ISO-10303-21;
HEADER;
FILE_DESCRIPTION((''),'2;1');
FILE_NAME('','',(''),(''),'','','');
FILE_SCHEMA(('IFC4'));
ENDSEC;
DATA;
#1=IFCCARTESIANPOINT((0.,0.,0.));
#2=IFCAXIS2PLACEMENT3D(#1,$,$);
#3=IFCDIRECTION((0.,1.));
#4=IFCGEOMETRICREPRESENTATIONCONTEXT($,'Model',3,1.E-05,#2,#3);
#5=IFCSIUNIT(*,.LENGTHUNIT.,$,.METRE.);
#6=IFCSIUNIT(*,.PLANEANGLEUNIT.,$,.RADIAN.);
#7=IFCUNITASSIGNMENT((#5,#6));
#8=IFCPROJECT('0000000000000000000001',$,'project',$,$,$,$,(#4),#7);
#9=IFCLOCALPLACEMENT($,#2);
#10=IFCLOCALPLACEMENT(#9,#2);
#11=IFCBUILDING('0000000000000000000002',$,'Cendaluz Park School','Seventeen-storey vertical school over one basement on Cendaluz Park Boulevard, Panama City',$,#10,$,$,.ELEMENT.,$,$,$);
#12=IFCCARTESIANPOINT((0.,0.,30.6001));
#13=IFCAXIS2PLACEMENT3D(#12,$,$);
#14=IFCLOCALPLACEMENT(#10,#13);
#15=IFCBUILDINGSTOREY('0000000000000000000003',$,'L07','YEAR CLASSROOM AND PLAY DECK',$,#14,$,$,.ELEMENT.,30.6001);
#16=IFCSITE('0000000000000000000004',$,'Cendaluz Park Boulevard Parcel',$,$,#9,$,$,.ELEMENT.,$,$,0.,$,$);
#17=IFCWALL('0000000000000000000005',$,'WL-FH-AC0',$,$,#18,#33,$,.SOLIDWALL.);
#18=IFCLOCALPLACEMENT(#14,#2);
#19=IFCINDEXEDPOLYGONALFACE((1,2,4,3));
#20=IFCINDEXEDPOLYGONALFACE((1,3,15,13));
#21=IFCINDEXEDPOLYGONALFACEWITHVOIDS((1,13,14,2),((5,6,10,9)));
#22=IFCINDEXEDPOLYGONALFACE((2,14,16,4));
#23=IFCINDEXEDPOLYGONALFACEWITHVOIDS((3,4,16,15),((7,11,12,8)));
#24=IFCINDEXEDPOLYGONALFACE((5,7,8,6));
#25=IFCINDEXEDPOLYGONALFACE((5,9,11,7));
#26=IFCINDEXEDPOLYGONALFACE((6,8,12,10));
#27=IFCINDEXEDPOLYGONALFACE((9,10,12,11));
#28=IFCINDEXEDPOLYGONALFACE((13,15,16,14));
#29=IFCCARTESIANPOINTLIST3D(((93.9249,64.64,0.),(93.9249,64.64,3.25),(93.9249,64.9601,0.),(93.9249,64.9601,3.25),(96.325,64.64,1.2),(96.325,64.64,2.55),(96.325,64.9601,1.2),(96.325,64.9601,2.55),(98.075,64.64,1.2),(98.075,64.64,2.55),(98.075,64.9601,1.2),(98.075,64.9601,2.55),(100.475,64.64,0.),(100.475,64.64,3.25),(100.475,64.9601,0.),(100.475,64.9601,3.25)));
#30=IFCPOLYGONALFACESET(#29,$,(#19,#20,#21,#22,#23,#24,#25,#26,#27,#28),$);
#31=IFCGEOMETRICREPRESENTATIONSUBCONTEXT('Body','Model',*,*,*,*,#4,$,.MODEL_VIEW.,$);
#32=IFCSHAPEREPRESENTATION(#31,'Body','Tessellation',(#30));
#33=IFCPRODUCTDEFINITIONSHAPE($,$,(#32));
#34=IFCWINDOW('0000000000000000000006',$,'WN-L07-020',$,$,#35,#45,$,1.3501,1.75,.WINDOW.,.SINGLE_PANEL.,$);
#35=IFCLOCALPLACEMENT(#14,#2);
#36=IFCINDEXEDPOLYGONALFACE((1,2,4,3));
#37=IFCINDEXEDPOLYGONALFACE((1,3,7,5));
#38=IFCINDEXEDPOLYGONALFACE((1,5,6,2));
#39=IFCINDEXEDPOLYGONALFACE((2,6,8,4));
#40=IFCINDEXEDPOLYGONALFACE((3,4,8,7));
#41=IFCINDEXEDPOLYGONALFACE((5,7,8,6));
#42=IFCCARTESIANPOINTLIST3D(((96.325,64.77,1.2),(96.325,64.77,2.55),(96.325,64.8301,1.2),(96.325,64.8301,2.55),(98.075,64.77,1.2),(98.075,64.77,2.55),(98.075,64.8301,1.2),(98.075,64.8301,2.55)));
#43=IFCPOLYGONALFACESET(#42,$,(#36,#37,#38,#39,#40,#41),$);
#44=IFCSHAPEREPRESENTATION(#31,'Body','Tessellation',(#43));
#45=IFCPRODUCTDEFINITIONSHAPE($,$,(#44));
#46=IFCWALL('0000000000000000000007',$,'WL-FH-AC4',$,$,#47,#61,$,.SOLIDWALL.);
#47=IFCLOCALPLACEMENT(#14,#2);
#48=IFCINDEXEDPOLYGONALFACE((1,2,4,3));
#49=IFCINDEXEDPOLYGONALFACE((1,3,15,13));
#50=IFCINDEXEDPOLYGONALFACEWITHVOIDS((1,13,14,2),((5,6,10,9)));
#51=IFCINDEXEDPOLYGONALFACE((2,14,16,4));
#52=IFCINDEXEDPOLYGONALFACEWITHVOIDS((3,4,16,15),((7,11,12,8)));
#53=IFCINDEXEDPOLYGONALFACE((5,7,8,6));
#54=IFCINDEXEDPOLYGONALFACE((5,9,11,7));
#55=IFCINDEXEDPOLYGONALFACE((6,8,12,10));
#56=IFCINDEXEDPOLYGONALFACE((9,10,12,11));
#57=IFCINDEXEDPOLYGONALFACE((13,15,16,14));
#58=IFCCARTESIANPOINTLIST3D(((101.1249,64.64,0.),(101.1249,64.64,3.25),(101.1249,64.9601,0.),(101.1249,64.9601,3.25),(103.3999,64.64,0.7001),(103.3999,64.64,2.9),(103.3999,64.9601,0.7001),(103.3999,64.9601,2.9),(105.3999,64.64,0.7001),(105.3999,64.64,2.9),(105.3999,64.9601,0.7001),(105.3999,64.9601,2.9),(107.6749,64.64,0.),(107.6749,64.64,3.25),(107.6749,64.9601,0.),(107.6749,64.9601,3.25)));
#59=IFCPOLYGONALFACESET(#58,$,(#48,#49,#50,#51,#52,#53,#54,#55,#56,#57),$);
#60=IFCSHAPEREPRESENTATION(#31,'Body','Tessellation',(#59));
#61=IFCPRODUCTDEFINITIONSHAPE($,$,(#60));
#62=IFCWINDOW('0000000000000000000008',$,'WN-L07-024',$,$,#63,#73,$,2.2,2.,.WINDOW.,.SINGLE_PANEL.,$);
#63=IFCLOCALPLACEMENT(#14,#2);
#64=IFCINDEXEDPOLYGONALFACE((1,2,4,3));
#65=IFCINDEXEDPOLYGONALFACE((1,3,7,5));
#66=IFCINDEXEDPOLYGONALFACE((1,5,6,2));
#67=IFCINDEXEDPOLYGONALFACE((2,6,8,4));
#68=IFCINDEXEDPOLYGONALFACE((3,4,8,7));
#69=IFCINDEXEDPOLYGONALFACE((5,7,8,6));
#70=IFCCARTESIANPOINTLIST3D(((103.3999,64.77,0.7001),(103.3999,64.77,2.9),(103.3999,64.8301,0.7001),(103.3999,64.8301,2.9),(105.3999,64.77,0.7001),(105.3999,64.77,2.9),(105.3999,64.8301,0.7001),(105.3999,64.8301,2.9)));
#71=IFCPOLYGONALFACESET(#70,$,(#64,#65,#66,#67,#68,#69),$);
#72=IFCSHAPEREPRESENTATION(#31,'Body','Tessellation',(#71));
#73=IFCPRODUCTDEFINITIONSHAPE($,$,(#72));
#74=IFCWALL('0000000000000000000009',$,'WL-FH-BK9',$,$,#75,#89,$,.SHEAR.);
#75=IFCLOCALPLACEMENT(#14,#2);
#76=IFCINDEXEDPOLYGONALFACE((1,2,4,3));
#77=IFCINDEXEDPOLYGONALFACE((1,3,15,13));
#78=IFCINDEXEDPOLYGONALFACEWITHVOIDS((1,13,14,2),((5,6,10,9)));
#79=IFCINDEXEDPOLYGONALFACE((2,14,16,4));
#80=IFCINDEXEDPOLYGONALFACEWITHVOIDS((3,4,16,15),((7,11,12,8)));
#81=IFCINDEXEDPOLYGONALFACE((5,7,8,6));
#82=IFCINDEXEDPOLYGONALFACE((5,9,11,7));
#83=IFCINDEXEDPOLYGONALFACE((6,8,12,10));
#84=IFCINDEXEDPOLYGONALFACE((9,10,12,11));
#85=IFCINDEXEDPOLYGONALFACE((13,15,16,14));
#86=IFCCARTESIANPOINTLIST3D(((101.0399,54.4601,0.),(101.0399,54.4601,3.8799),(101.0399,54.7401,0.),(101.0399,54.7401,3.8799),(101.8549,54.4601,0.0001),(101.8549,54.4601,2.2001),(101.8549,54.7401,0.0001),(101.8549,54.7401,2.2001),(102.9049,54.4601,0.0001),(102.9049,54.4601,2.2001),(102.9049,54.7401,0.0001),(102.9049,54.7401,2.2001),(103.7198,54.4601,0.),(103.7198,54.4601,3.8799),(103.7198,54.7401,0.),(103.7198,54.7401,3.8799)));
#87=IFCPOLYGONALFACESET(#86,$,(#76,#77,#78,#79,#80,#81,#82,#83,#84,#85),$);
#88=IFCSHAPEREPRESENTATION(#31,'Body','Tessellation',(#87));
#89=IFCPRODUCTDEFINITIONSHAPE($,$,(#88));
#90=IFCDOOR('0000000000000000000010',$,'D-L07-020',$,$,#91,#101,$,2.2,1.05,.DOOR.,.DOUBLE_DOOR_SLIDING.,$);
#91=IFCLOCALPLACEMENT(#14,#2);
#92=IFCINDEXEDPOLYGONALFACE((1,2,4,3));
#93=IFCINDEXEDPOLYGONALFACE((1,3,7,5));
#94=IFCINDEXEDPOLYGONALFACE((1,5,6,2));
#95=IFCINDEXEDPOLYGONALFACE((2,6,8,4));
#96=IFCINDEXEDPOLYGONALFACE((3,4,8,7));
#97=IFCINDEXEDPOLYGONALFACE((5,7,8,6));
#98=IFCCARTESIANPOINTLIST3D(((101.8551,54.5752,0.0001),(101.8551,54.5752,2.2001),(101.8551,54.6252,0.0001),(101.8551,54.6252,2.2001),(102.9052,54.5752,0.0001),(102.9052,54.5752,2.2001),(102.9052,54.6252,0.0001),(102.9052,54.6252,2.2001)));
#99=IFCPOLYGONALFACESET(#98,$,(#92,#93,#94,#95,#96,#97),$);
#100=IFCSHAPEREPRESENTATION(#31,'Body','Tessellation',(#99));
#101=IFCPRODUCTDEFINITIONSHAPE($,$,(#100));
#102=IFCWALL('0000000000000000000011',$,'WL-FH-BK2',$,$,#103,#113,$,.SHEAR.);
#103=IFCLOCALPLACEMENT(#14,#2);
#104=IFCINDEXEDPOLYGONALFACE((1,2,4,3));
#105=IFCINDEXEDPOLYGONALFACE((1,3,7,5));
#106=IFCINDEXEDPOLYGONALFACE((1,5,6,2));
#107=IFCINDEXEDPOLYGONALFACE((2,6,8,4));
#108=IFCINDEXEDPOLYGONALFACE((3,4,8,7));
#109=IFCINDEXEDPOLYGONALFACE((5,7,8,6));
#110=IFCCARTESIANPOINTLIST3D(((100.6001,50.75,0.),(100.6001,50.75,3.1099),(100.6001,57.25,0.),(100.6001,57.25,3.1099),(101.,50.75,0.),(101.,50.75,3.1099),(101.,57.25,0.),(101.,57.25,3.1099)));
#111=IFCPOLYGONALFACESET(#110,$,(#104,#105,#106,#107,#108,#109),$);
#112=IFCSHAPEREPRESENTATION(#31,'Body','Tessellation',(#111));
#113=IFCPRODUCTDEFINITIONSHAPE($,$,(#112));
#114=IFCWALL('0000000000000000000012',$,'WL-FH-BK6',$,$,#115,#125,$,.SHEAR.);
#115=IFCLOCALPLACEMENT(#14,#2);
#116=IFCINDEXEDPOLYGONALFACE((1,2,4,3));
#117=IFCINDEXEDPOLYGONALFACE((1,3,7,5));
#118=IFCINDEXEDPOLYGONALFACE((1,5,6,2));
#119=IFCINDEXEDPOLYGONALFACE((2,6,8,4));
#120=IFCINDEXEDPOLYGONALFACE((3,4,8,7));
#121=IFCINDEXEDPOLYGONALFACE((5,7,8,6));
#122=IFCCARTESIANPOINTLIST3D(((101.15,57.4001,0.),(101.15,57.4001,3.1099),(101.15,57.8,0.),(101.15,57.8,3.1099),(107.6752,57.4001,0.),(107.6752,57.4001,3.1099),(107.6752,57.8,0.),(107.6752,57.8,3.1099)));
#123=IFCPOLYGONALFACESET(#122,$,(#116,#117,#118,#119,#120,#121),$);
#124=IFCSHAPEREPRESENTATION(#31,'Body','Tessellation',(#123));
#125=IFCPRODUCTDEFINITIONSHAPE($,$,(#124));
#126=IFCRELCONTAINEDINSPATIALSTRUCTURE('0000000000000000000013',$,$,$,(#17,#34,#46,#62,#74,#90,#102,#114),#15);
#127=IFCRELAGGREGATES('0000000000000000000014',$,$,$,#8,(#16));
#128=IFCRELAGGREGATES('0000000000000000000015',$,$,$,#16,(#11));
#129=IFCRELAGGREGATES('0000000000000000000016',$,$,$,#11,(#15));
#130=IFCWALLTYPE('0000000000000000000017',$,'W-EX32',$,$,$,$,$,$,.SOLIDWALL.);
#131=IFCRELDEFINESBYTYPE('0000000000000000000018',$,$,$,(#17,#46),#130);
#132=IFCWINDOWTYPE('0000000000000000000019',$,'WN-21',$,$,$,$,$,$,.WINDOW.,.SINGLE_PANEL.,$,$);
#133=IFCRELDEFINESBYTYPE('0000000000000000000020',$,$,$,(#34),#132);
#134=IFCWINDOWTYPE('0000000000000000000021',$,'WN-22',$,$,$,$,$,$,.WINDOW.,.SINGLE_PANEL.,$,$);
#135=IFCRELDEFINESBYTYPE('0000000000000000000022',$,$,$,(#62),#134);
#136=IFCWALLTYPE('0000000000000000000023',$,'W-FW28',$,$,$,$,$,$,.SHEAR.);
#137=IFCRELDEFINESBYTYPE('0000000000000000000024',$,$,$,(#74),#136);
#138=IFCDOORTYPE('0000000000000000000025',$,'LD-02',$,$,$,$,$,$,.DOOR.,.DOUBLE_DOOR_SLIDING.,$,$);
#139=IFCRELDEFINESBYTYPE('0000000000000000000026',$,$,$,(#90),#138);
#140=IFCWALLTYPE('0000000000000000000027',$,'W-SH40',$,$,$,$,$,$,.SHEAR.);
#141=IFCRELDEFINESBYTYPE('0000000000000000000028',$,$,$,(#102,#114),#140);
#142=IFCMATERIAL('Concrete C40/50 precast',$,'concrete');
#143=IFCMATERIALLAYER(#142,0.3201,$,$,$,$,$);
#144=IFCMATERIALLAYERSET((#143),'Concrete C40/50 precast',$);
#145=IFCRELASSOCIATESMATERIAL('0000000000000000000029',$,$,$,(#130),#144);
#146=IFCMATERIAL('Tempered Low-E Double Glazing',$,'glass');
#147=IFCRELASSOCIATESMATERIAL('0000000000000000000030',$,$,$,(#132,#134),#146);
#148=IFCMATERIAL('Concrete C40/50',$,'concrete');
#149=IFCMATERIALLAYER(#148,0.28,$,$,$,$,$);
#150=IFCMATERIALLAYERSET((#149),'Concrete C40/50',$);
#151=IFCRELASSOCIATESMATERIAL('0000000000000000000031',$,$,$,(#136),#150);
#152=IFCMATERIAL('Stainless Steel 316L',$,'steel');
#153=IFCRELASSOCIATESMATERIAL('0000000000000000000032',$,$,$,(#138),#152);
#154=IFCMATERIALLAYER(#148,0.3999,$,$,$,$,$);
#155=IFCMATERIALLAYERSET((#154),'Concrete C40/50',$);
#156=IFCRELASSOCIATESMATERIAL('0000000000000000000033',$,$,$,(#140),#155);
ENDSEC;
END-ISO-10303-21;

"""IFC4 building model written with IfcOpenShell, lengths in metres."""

from ifc_helpers import new_model, si_unit, direction, frame, frame_2d, origin, place, context, subcontext, project, spatial, rectangle, extrude, material, layer, layer_set, type_object, element, fill, save


model = new_model("IFC4")

# Units and contexts
model_context = context("Model", 3, precision=1e-05, world=origin(), true_north=direction((0.0, 1.0)))
body_context = subcontext(model_context, "Body", "Model", "MODEL_VIEW")
ifc_project = project(units=[si_unit("LENGTHUNIT", "METRE"), si_unit("PLANEANGLEUNIT", "RADIAN")], contexts=[model_context])

# Site, building, storey
site_placement = place(None, origin())
site = spatial("IfcSite", under=ifc_project, at=site_placement, Name="Cendaluz Park Boulevard Parcel", CompositionType="ELEMENT", RefElevation=0.0)
building_placement = place(site_placement, origin())
building = spatial("IfcBuilding", under=site, at=building_placement, Name="Cendaluz Park School", Description="Seventeen-storey vertical school over one basement on Cendaluz Park Boulevard, Panama City", CompositionType="ELEMENT")
storey_placement = place(building_placement, frame((0.0, 0.0, 30.6001)))
storey = spatial("IfcBuildingStorey", under=building, at=storey_placement, Name="L07", Description="YEAR CLASSROOM AND PLAY DECK", CompositionType="ELEMENT", Elevation=30.6001)

# Shared definitions
ifc_material_1 = material(Name="Concrete C40/50", Category="concrete")

# Walls, openings, windows
ifc_material_2 = material(Name="Concrete C40/50 precast", Category="concrete")
ifc_layer_1 = layer(ifc_material_2, 0.3201)
ifc_layer_set_1 = layer_set([ifc_layer_1], Name="Concrete C40/50 precast")
wall_type_1 = type_object("IfcWallType", Name="W-EX32", PredefinedType="SOLIDWALL", material=ifc_layer_set_1)
ifc_material_3 = material(Name="Tempered Low-E Double Glazing", Category="glass")
wall_1_placement = place(storey_placement, frame((93.925, 64.8, 0.0), z_axis=(0.0, 0.0, 1.0), x_axis=(1.0, 0.0, 0.0)))
wall_1 = element("IfcWall", 1, at=wall_1_placement, inside=storey, type_object=wall_type_1, Name="WL-FH-AC0", PredefinedType="SOLIDWALL", context=body_context, shape_type="SweptSolid", body=[
    extrude(rectangle(XDim=6.55, YDim=0.3201, at=frame_2d((3.2749, 0.0))), origin(), (0.0, 0.0, 1.0), 3.25),
])
opening_1_placement = place(wall_1_placement, frame((2.3999, 0.0, 1.2)))
opening_1 = element("IfcOpeningElement", 2, at=opening_1_placement, cuts=wall_1, PredefinedType="OPENING", context=body_context, shape_type="SweptSolid", body=[
    extrude(rectangle(XDim=1.75, YDim=1.3501, at=frame_2d((0.875, 0.675))), frame((0.0, 0.1721, 0.0), z_axis=(0.0, -1.0, 0.0), x_axis=(1.0, 0.0, 0.0)), (0.0, 0.0, 1.0), 0.344),
])
window_type_1 = type_object("IfcWindowType", Name="WN-21", PartitioningType="SINGLE_PANEL", PredefinedType="WINDOW", material=ifc_material_3)
window_1_placement = place(opening_1_placement, origin())
window_1 = element("IfcWindow", 3, at=window_1_placement, inside=storey, type_object=window_type_1, Name="WN-L07-020", OverallHeight=1.3501, OverallWidth=1.75, PartitioningType="SINGLE_PANEL", PredefinedType="WINDOW", context=body_context, shape_type="SweptSolid", body=[
    extrude(rectangle(XDim=1.75, YDim=1.3501, at=frame_2d((0.875, 0.675))), frame((0.0, 0.03, 0.0), z_axis=(0.0, -1.0, 0.0), x_axis=(1.0, 0.0, 0.0)), (0.0, 0.0, 1.0), 0.0601),
])
fill(opening_1, window_1)
wall_2_placement = place(storey_placement, frame((101.125, 64.8, 0.0), z_axis=(0.0, 0.0, 1.0), x_axis=(1.0, 0.0, 0.0)))
wall_2 = element("IfcWall", 4, at=wall_2_placement, inside=storey, type_object=wall_type_1, Name="WL-FH-AC4", PredefinedType="SOLIDWALL", context=body_context, shape_type="SweptSolid", body=[
    extrude(rectangle(XDim=6.55, YDim=0.3201, at=frame_2d((3.2749, 0.0))), origin(), (0.0, 0.0, 1.0), 3.25),
])
opening_2_placement = place(wall_2_placement, frame((2.2749, 0.0, 0.7)))
opening_2 = element("IfcOpeningElement", 5, at=opening_2_placement, cuts=wall_2, PredefinedType="OPENING", context=body_context, shape_type="SweptSolid", body=[
    extrude(rectangle(XDim=2.0, YDim=2.2, at=frame_2d((1.0, 1.1001))), frame((0.0, 0.1721, 0.0), z_axis=(0.0, -1.0, 0.0), x_axis=(1.0, 0.0, 0.0)), (0.0, 0.0, 1.0), 0.344),
])
window_type_2 = type_object("IfcWindowType", Name="WN-22", PartitioningType="SINGLE_PANEL", PredefinedType="WINDOW", material=ifc_material_3)
window_2_placement = place(opening_2_placement, origin())
window_2 = element("IfcWindow", 6, at=window_2_placement, inside=storey, type_object=window_type_2, Name="WN-L07-024", OverallHeight=2.2, OverallWidth=2.0, PartitioningType="SINGLE_PANEL", PredefinedType="WINDOW", context=body_context, shape_type="SweptSolid", body=[
    extrude(rectangle(XDim=2.0, YDim=2.2, at=frame_2d((1.0, 1.1001))), frame((0.0, 0.03, 0.0), z_axis=(0.0, -1.0, 0.0), x_axis=(1.0, 0.0, 0.0)), (0.0, 0.0, 1.0), 0.0601),
])
fill(opening_2, window_2)

# Wall, opening, door
ifc_layer_2 = layer(ifc_material_1, 0.28)
ifc_layer_set_2 = layer_set([ifc_layer_2], Name="Concrete C40/50")
wall_type_2 = type_object("IfcWallType", Name="W-FW28", PredefinedType="SHEAR", material=ifc_layer_set_2)
wall_3_placement = place(storey_placement, frame((101.04, 54.6001, 0.0), z_axis=(0.0, 0.0, 1.0), x_axis=(1.0, 0.0, 0.0)))
wall_3 = element("IfcWall", 7, at=wall_3_placement, inside=storey, type_object=wall_type_2, Name="WL-FH-BK9", PredefinedType="SHEAR", context=body_context, shape_type="SweptSolid", body=[
    extrude(rectangle(XDim=2.6799, YDim=0.28, at=frame_2d((1.3398, 0.0))), origin(), (0.0, 0.0, 1.0), 3.8799),
])
opening_3_placement = place(wall_3_placement, frame((0.8149, 0.0, 0.0)))
opening_3 = element("IfcOpeningElement", 8, at=opening_3_placement, cuts=wall_3, PredefinedType="OPENING", context=body_context, shape_type="SweptSolid", body=[
    extrude(rectangle(XDim=1.05, YDim=2.2, at=frame_2d((0.5249, 1.1001))), frame((0.0, 0.1521, 0.0), z_axis=(0.0, -1.0, 0.0), x_axis=(1.0, 0.0, 0.0)), (0.0, 0.0, 1.0), 0.304),
])
ifc_material_4 = material(Name="Stainless Steel 316L", Category="steel")
door_type_1 = type_object("IfcDoorType", Name="LD-02", OperationType="DOUBLE_DOOR_SLIDING", PredefinedType="DOOR", material=ifc_material_4)
door_1_placement = place(opening_3_placement, frame((1.05, 0.0, 0.0), z_axis=(0.0, 0.0, 1.0), x_axis=(-1.0, 0.0, 0.0)))
door_1 = element("IfcDoor", 9, at=door_1_placement, inside=storey, type_object=door_type_1, Name="D-L07-020", OperationType="DOUBLE_DOOR_SLIDING", OverallHeight=2.2, OverallWidth=1.05, PredefinedType="DOOR", context=body_context, shape_type="SweptSolid", body=[
    extrude(rectangle(XDim=1.05, YDim=2.2, at=frame_2d((0.5249, 1.1001))), frame((0.0, 0.0249, 0.0), z_axis=(0.0, -1.0, 0.0), x_axis=(1.0, 0.0, 0.0)), (0.0, 0.0, 1.0), 0.05),
])
fill(opening_3, door_1)

# Walls
ifc_layer_3 = layer(ifc_material_1, 0.3999)
ifc_layer_set_3 = layer_set([ifc_layer_3], Name="Concrete C40/50")
wall_type_3 = type_object("IfcWallType", Name="W-SH40", PredefinedType="SHEAR", material=ifc_layer_set_3)
wall_4_placement = place(storey_placement, frame((100.8, 50.75, 0.0), z_axis=(0.0, 0.0, 1.0), x_axis=(0.0, 1.0, 0.0)))
element("IfcWall", 10, at=wall_4_placement, inside=storey, type_object=wall_type_3, Name="WL-FH-BK2", PredefinedType="SHEAR", context=body_context, shape_type="SweptSolid", body=[
    extrude(rectangle(XDim=6.5, YDim=0.3999, at=frame_2d((3.25, 0.0))), origin(), (0.0, 0.0, 1.0), 3.1099),
])
wall_5_placement = place(storey_placement, frame((101.1499, 57.6001, 0.0), z_axis=(0.0, 0.0, 1.0), x_axis=(1.0, 0.0, 0.0)))
element("IfcWall", 11, at=wall_5_placement, inside=storey, type_object=wall_type_3, Name="WL-FH-BK6", PredefinedType="SHEAR", context=body_context, shape_type="SweptSolid", body=[
    extrude(rectangle(XDim=6.5251, YDim=0.3999, at=frame_2d((3.2627, 0.0))), origin(), (0.0, 0.0, 1.0), 3.1099),
])

save(model, "model.ifc")
